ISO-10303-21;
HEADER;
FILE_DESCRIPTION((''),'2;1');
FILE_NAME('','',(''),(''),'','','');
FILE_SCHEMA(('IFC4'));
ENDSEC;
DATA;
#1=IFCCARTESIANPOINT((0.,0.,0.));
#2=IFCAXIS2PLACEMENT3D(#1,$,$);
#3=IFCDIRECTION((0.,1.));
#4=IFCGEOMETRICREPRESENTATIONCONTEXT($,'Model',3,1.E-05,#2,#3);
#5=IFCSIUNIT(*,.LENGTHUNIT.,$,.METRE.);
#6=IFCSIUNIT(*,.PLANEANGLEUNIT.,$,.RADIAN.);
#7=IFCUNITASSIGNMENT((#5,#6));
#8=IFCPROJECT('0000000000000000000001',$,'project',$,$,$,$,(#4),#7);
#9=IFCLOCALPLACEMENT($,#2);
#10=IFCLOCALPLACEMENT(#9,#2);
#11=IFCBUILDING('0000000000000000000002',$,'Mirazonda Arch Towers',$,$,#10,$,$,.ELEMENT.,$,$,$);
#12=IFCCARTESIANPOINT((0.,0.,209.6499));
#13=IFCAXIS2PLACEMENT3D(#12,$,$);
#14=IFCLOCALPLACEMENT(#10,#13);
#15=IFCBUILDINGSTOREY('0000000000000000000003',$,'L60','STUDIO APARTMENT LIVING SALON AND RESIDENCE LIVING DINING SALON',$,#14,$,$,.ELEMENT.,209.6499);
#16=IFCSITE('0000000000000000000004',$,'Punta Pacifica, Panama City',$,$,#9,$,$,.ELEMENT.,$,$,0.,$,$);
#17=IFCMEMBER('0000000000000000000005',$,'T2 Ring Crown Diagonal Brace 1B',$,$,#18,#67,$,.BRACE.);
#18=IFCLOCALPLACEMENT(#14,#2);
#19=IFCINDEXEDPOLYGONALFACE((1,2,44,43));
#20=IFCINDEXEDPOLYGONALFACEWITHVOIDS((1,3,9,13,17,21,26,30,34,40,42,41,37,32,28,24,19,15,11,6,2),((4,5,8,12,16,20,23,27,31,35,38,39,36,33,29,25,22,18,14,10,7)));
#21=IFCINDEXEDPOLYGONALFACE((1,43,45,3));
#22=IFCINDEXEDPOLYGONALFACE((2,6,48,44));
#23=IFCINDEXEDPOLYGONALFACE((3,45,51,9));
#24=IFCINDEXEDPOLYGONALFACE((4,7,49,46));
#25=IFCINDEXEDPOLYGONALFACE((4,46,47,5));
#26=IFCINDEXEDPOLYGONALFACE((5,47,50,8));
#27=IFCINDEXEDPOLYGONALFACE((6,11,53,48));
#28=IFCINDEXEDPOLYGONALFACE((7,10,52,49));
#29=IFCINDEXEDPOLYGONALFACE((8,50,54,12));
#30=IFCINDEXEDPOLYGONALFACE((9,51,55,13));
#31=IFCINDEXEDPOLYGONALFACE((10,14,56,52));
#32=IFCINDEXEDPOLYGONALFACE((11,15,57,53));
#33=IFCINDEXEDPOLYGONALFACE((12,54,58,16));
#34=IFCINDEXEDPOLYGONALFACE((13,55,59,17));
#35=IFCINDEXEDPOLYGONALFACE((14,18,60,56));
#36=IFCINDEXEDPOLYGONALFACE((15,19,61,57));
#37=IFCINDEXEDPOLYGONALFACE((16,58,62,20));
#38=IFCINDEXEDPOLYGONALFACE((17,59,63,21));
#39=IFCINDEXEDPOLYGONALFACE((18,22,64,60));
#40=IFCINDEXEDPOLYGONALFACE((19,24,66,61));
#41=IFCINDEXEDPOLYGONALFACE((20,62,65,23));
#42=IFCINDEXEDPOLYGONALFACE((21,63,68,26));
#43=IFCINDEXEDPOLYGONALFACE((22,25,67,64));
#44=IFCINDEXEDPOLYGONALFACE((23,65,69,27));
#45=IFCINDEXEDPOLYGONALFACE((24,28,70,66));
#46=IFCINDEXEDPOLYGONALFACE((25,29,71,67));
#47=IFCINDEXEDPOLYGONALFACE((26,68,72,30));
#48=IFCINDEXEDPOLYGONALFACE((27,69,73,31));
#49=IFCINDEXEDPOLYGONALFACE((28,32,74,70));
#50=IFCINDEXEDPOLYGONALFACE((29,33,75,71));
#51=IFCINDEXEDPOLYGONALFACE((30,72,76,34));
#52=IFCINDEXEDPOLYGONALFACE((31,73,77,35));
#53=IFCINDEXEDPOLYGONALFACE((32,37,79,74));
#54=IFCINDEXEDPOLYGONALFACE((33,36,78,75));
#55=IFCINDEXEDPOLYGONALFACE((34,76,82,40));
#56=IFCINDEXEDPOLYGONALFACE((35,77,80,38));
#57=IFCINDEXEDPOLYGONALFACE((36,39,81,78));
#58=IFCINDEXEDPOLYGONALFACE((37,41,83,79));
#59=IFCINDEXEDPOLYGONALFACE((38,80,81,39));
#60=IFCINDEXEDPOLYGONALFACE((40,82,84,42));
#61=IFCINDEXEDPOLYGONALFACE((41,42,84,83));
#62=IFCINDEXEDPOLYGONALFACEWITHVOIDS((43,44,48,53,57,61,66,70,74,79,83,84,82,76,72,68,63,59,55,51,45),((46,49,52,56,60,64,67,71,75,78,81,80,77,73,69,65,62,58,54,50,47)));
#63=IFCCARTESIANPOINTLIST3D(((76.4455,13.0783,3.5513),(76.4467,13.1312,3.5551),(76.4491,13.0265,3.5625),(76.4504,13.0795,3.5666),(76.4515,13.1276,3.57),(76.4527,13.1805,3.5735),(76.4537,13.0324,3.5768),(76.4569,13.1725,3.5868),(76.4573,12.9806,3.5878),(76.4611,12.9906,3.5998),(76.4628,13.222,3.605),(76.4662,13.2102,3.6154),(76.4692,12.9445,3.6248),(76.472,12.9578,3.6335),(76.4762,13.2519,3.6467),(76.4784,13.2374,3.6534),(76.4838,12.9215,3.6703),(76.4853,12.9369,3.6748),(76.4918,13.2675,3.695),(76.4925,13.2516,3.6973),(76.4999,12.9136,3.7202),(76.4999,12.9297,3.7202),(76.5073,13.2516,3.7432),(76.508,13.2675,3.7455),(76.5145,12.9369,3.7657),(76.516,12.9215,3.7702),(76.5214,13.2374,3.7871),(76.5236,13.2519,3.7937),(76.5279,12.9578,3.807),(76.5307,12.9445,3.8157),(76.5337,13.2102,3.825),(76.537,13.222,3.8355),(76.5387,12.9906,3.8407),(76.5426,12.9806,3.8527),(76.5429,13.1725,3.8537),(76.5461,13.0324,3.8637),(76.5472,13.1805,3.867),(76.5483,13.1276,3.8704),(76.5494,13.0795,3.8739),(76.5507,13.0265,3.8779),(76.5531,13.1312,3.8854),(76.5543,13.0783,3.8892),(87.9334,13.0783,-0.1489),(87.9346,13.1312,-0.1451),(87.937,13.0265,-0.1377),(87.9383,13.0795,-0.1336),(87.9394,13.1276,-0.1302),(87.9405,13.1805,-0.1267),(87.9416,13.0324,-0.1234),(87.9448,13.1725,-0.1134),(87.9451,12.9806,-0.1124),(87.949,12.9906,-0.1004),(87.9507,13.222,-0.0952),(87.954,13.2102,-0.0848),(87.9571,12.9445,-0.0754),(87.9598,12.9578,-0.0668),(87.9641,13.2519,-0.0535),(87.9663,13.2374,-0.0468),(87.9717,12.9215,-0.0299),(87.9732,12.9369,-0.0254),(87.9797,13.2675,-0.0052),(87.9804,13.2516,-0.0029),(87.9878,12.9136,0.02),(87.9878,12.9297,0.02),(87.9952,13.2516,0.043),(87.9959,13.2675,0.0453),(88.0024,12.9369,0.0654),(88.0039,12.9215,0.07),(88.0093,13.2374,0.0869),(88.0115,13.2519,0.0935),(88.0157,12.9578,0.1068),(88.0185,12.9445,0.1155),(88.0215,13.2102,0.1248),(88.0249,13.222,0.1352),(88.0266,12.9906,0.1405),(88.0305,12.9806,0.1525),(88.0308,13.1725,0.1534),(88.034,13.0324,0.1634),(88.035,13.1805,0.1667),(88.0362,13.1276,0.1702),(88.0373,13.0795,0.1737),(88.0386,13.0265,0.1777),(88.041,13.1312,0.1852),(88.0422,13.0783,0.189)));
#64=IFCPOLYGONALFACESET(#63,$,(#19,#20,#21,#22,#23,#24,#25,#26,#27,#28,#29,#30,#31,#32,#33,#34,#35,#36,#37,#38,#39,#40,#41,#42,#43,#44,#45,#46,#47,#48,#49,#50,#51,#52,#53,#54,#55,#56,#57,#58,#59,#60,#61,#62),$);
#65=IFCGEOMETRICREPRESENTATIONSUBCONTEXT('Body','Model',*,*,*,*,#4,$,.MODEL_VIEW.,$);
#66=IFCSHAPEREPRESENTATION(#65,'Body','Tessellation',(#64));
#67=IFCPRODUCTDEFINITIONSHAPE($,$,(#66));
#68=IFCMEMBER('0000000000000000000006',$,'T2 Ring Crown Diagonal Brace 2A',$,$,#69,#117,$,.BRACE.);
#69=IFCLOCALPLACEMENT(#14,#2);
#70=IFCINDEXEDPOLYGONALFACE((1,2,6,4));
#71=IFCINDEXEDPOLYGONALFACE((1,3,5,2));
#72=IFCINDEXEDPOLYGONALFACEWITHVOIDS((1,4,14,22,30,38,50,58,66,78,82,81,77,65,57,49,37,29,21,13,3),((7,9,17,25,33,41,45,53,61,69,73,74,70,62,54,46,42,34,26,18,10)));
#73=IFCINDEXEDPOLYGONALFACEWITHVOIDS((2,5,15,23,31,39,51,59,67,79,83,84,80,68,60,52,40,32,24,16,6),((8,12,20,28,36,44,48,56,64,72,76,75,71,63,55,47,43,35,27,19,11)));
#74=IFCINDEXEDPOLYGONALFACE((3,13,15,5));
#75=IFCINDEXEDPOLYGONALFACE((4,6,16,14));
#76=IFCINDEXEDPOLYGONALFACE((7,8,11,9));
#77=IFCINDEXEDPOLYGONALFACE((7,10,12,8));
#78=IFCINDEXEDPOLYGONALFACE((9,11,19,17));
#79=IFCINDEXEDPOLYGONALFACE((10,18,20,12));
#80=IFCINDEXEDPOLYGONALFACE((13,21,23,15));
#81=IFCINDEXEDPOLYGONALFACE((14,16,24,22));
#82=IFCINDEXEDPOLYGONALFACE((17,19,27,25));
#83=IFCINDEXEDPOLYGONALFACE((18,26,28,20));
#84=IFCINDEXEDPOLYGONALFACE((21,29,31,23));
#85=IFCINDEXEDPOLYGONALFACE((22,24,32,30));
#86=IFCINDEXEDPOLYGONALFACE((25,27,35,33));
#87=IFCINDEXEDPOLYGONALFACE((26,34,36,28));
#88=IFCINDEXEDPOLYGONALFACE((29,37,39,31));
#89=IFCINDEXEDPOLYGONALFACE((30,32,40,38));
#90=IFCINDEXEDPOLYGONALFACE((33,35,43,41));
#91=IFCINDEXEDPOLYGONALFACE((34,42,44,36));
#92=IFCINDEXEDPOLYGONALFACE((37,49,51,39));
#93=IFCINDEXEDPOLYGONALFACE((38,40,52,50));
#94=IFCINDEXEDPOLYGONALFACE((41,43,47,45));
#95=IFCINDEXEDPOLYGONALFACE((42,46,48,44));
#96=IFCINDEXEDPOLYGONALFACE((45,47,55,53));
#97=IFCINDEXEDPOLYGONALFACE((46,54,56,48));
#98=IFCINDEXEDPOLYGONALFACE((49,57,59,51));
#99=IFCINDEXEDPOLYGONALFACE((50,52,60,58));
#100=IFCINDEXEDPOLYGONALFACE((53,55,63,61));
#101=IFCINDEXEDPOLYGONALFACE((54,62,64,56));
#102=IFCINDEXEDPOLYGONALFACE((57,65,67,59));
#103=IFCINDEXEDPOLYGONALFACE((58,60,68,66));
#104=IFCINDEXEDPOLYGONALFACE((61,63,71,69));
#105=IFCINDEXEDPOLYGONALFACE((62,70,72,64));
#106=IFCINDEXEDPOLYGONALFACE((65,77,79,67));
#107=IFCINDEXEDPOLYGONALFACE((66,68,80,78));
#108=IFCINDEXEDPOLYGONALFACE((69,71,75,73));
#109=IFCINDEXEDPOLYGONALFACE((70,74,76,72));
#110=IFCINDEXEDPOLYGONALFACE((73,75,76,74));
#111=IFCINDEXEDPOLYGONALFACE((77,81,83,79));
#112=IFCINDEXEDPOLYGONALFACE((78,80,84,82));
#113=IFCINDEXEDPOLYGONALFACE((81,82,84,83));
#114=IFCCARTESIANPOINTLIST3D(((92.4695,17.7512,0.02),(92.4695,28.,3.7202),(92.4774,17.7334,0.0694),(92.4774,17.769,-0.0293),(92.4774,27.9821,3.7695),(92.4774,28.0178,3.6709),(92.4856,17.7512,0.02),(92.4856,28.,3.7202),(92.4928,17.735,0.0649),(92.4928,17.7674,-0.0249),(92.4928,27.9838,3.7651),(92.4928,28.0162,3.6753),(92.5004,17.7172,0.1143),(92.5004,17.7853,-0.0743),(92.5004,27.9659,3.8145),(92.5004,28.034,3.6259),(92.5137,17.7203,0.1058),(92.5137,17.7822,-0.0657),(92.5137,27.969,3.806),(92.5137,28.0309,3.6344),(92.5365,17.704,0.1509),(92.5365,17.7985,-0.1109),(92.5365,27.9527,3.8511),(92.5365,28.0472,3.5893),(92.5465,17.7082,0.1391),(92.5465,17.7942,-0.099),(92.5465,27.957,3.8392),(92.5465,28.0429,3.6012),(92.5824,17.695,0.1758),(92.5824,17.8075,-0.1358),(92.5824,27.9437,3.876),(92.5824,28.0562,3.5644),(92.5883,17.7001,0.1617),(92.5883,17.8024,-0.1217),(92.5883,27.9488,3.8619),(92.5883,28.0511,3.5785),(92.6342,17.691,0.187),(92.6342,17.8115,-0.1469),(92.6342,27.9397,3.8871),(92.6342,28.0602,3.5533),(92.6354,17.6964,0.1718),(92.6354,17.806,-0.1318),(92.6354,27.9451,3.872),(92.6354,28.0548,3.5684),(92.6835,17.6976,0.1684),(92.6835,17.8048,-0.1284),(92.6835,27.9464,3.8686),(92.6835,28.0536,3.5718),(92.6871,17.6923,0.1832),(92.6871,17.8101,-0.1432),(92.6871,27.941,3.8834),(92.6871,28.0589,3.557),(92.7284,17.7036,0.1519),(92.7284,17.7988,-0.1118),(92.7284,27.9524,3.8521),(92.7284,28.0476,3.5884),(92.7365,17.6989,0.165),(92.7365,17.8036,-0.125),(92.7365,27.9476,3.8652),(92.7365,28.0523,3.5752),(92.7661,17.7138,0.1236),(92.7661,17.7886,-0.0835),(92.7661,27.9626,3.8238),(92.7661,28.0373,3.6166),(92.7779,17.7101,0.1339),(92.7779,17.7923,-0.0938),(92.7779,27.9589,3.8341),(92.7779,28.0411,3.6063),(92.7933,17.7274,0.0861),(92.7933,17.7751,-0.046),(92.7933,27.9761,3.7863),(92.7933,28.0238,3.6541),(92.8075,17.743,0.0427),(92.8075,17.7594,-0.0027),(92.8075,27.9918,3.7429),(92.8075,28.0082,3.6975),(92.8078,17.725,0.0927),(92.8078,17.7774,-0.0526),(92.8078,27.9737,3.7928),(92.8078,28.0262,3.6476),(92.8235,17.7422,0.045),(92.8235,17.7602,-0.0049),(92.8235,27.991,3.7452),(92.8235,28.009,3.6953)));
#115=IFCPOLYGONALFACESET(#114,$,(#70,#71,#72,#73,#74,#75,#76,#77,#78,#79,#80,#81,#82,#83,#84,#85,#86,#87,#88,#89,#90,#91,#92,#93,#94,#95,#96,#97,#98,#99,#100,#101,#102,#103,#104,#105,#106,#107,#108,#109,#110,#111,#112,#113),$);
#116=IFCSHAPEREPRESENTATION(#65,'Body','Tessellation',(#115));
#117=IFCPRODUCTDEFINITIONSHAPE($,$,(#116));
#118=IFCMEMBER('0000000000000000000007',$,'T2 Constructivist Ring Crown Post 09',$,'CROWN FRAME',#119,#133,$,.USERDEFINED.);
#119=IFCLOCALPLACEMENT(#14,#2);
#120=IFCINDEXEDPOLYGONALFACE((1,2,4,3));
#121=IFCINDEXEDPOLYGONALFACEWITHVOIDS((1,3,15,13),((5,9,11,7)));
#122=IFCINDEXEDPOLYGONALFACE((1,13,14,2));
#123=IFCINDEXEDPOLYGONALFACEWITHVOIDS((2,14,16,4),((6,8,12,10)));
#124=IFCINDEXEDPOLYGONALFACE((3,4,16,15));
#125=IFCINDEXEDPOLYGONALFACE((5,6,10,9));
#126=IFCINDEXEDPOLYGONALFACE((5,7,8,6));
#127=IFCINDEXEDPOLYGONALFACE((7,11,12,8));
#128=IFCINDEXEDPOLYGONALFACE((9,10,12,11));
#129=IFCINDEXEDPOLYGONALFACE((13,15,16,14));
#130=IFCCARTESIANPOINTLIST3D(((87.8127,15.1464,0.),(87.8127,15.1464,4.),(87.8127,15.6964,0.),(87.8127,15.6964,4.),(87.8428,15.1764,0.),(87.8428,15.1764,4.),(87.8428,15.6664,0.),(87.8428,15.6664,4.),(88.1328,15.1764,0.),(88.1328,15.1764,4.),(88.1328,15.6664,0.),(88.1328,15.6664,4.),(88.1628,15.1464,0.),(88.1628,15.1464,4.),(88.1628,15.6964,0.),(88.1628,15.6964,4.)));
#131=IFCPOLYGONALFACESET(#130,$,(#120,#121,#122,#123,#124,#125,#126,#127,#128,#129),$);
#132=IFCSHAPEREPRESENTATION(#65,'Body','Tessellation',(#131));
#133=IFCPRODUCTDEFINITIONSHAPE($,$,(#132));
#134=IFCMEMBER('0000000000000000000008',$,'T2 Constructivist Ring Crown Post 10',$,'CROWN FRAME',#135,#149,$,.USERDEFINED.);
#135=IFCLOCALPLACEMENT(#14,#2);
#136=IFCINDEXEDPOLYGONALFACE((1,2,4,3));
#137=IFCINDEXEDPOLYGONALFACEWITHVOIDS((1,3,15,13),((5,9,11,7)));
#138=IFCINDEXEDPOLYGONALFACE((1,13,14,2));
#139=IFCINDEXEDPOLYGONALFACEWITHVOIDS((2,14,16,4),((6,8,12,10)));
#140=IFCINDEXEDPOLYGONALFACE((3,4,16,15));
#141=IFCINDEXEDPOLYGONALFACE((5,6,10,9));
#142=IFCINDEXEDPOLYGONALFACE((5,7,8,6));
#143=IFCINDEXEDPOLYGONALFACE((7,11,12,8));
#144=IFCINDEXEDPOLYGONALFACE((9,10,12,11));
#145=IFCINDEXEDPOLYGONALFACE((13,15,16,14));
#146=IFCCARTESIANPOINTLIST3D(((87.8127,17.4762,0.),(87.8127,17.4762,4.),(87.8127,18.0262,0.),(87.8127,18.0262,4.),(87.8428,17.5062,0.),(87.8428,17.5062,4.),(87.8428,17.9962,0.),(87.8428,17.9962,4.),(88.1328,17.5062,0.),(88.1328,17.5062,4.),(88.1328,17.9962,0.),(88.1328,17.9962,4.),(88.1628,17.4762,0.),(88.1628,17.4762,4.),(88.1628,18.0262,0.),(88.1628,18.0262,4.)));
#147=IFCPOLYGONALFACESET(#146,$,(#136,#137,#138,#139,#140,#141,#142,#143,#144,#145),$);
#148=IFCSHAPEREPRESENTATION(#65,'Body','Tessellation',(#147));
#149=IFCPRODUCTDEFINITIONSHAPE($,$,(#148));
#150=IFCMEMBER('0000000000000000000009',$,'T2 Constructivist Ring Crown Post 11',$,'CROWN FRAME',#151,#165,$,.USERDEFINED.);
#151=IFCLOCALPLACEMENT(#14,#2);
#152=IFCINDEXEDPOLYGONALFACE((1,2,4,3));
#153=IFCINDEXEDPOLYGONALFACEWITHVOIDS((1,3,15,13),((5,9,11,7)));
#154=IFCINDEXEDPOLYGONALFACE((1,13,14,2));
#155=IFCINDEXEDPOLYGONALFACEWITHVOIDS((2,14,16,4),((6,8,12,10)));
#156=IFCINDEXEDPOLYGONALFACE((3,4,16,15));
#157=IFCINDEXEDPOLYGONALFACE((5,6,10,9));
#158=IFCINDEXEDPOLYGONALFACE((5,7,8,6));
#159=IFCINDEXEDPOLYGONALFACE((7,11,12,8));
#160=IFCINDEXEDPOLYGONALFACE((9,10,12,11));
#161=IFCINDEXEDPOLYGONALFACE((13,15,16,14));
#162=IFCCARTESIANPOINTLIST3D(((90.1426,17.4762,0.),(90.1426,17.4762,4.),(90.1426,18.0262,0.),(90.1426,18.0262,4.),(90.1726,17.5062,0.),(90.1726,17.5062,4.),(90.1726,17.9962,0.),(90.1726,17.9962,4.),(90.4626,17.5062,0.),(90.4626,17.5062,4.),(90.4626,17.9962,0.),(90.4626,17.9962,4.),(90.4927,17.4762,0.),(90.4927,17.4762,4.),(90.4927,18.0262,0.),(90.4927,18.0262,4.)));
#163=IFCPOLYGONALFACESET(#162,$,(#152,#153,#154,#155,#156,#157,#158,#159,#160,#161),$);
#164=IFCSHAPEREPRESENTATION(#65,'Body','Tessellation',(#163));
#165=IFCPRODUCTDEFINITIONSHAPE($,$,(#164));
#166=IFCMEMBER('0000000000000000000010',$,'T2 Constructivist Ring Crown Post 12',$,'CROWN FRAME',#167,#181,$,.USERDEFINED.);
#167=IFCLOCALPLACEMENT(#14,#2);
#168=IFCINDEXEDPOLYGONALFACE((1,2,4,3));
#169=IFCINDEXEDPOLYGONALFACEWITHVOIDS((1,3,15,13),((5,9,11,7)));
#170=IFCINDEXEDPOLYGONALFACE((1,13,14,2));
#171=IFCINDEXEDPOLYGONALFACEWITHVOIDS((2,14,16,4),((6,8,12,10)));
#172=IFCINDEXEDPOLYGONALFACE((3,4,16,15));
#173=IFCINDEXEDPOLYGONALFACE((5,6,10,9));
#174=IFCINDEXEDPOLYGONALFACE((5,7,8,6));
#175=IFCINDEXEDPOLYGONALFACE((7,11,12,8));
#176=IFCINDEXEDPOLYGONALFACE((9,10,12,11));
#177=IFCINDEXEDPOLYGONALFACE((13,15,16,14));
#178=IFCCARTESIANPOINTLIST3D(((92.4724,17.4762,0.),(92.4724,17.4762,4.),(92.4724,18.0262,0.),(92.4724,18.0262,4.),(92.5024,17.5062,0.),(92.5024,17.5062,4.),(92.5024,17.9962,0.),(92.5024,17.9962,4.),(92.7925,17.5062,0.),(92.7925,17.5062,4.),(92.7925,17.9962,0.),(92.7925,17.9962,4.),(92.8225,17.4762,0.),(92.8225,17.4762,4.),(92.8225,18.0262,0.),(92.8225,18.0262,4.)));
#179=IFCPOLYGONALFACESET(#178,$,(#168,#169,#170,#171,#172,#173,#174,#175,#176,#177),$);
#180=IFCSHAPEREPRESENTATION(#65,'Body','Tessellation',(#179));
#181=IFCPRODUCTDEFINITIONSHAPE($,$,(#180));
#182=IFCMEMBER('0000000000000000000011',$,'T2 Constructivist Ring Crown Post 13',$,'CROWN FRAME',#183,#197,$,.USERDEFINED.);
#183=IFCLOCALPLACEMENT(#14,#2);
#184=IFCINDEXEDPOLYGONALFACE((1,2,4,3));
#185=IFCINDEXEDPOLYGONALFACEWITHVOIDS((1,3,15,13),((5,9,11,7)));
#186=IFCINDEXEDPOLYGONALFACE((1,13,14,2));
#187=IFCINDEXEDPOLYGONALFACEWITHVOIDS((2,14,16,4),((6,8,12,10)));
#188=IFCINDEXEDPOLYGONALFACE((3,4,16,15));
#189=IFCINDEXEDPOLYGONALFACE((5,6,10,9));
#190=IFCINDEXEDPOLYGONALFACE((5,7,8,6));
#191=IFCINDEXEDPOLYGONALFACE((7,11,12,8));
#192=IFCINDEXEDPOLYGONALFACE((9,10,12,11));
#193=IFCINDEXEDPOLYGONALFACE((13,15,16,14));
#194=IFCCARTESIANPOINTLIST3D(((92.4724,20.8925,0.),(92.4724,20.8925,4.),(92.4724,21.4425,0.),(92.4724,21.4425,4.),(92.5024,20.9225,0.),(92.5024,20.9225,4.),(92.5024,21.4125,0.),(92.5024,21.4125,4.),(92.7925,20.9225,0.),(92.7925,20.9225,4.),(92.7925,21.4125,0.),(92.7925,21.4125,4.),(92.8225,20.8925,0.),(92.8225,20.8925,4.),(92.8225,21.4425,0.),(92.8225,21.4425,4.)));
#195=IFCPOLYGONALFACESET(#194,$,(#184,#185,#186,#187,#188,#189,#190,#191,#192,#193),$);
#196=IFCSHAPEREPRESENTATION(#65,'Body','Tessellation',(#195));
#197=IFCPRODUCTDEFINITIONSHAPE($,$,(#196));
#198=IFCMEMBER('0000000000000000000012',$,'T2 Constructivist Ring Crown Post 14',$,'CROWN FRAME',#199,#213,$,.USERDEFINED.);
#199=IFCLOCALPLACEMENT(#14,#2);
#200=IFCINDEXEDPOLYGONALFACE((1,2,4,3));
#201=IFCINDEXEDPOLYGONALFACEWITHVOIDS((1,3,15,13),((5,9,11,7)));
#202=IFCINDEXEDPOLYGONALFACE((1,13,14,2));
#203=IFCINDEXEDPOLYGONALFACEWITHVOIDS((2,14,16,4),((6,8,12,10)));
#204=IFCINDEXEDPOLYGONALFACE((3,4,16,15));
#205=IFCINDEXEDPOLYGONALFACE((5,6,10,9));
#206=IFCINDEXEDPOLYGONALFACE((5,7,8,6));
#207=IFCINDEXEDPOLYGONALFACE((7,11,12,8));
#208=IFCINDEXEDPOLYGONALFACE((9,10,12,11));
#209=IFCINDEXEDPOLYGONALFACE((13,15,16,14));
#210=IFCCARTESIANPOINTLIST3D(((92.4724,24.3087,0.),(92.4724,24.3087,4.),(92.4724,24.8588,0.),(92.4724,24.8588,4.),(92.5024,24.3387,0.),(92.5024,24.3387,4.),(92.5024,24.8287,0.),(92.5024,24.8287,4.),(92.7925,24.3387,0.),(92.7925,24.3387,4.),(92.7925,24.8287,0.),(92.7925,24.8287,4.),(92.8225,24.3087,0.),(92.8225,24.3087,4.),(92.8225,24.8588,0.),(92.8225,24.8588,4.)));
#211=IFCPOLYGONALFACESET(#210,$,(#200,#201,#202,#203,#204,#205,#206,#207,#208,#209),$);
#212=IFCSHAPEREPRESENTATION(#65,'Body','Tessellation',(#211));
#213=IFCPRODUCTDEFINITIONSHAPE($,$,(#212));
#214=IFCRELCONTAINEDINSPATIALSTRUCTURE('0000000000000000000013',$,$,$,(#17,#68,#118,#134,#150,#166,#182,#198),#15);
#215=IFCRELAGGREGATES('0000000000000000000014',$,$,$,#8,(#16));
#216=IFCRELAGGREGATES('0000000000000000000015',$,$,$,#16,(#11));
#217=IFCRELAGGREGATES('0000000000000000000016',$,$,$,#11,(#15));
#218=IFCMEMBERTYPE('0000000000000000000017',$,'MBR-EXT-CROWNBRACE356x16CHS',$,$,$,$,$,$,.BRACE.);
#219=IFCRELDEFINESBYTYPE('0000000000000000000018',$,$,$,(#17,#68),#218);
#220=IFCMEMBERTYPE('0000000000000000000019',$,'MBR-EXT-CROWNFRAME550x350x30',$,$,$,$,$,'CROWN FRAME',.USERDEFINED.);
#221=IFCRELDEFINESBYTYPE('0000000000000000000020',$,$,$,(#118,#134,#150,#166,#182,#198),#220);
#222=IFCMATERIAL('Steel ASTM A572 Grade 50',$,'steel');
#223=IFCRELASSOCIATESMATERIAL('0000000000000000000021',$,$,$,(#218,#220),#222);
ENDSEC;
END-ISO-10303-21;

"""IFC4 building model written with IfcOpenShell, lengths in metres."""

from ifc_helpers import new_model, si_unit, direction, frame, origin, origin_2d, place, context, subcontext, project, spatial, hollow_rectangle, hollow_circle, extrude, material, material_profile, profile_set, type_object, element, save


model = new_model("IFC4")

# Units and contexts
model_context = context("Model", 3, precision=1e-05, world=origin(), true_north=direction((0.0, 1.0)))
body_context = subcontext(model_context, "Body", "Model", "MODEL_VIEW")
ifc_project = project(units=[si_unit("LENGTHUNIT", "METRE"), si_unit("PLANEANGLEUNIT", "RADIAN")], contexts=[model_context])

# Site, building, storey
site_placement = place(None, origin())
site = spatial("IfcSite", under=ifc_project, at=site_placement, Name="Punta Pacifica, Panama City", CompositionType="ELEMENT", RefElevation=0.0)
building_placement = place(site_placement, origin())
building = spatial("IfcBuilding", under=site, at=building_placement, Name="Mirazonda Arch Towers", CompositionType="ELEMENT")
storey_placement = place(building_placement, frame((0.0, 0.0, 209.6499)))
storey = spatial("IfcBuildingStorey", under=building, at=storey_placement, Name="L60", Description="STUDIO APARTMENT LIVING SALON AND RESIDENCE LIVING DINING SALON", CompositionType="ELEMENT", Elevation=209.6499)

# Members
ifc_material_1 = material(Name="Steel ASTM A572 Grade 50", Category="steel")
ifc_material_profile_1 = material_profile(ifc_material_1, hollow_circle(Radius=0.178, WallThickness=0.0161, at=origin_2d()), Name="CROWNBRACE356x16CHS")
ifc_profile_set_1 = profile_set([ifc_material_profile_1], Name="Steel ASTM A572 Grade 50")
member_type_1 = type_object("IfcMemberType", Name="MBR-EXT-CROWNBRACE356x16CHS", PredefinedType="BRACE", material=ifc_profile_set_1)
member_1_placement = place(storey_placement, frame((87.9878, 13.0916, 0.02), z_axis=(-0.951843, 0.0, 0.306587), x_axis=(0.0, -1.0, 0.0)))
element("IfcMember", 1, at=member_1_placement, inside=storey, type_object=member_type_1, Name="T2 Ring Crown Diagonal Brace 1B", PredefinedType="BRACE", context=body_context, shape_type="SweptSolid", body=[
    extrude(hollow_circle(Radius=0.178, WallThickness=0.0161, at=origin_2d()), origin(), (0.0, 0.0, 1.0), 12.0691),
])
member_2_placement = place(storey_placement, frame((92.6475, 17.7512, 0.02), z_axis=(0.0, 0.940576, 0.339583), x_axis=(-1.0, 0.0, 0.0)))
element("IfcMember", 2, at=member_2_placement, inside=storey, type_object=member_type_1, Name="T2 Ring Crown Diagonal Brace 2A", PredefinedType="BRACE", context=body_context, shape_type="SweptSolid", body=[
    extrude(hollow_circle(Radius=0.178, WallThickness=0.0161, at=origin_2d()), origin(), (0.0, 0.0, 1.0), 10.8962),
])
ifc_material_profile_2 = material_profile(ifc_material_1, hollow_rectangle(XDim=0.3501, YDim=0.55, WallThickness=0.03, at=origin_2d()), Name="CROWNFRAME550x350x30")
ifc_profile_set_2 = profile_set([ifc_material_profile_2], Name="Steel ASTM A572 Grade 50")
member_type_2 = type_object("IfcMemberType", Name="MBR-EXT-CROWNFRAME550x350x30", ElementType="CROWN FRAME", PredefinedType="USERDEFINED", material=ifc_profile_set_2)
for number, where, z_axis, x_axis, name in (
    (3, (87.9878, 15.4214, 0.0), (0.0, 0.0, 1.0), (1.0, 0.0, 0.0), "T2 Constructivist Ring Crown Post 09"),
    (4, (87.9878, 17.7512, 0.0), (0.0, 0.0, 1.0), (1.0, 0.0, 0.0), "T2 Constructivist Ring Crown Post 10"),
    (5, (90.3176, 17.7512, 0.0), (0.0, 0.0, 1.0), (1.0, 0.0, 0.0), "T2 Constructivist Ring Crown Post 11"),
    (6, (92.6475, 17.7512, 0.0), (0.0, 0.0, 1.0), (1.0, 0.0, 0.0), "T2 Constructivist Ring Crown Post 12"),
    (7, (92.6475, 21.1675, 0.0), (0.0, 0.0, 1.0), (1.0, 0.0, 0.0), "T2 Constructivist Ring Crown Post 13"),
    (8, (92.6475, 24.5837, 0.0), (0.0, 0.0, 1.0), (1.0, 0.0, 0.0), "T2 Constructivist Ring Crown Post 14"),
):
    element("IfcMember", number, at=place(storey_placement, frame(where, z_axis=z_axis, x_axis=x_axis)), inside=storey, type_object=member_type_2, Name=name, ObjectType="CROWN FRAME", PredefinedType="USERDEFINED", context=body_context, shape_type="SweptSolid", body=[
        extrude(hollow_rectangle(XDim=0.3501, YDim=0.55, WallThickness=0.03, at=origin_2d()), origin(), (0.0, 0.0, 1.0), 4.0),
    ])

save(model, "model.ifc")
